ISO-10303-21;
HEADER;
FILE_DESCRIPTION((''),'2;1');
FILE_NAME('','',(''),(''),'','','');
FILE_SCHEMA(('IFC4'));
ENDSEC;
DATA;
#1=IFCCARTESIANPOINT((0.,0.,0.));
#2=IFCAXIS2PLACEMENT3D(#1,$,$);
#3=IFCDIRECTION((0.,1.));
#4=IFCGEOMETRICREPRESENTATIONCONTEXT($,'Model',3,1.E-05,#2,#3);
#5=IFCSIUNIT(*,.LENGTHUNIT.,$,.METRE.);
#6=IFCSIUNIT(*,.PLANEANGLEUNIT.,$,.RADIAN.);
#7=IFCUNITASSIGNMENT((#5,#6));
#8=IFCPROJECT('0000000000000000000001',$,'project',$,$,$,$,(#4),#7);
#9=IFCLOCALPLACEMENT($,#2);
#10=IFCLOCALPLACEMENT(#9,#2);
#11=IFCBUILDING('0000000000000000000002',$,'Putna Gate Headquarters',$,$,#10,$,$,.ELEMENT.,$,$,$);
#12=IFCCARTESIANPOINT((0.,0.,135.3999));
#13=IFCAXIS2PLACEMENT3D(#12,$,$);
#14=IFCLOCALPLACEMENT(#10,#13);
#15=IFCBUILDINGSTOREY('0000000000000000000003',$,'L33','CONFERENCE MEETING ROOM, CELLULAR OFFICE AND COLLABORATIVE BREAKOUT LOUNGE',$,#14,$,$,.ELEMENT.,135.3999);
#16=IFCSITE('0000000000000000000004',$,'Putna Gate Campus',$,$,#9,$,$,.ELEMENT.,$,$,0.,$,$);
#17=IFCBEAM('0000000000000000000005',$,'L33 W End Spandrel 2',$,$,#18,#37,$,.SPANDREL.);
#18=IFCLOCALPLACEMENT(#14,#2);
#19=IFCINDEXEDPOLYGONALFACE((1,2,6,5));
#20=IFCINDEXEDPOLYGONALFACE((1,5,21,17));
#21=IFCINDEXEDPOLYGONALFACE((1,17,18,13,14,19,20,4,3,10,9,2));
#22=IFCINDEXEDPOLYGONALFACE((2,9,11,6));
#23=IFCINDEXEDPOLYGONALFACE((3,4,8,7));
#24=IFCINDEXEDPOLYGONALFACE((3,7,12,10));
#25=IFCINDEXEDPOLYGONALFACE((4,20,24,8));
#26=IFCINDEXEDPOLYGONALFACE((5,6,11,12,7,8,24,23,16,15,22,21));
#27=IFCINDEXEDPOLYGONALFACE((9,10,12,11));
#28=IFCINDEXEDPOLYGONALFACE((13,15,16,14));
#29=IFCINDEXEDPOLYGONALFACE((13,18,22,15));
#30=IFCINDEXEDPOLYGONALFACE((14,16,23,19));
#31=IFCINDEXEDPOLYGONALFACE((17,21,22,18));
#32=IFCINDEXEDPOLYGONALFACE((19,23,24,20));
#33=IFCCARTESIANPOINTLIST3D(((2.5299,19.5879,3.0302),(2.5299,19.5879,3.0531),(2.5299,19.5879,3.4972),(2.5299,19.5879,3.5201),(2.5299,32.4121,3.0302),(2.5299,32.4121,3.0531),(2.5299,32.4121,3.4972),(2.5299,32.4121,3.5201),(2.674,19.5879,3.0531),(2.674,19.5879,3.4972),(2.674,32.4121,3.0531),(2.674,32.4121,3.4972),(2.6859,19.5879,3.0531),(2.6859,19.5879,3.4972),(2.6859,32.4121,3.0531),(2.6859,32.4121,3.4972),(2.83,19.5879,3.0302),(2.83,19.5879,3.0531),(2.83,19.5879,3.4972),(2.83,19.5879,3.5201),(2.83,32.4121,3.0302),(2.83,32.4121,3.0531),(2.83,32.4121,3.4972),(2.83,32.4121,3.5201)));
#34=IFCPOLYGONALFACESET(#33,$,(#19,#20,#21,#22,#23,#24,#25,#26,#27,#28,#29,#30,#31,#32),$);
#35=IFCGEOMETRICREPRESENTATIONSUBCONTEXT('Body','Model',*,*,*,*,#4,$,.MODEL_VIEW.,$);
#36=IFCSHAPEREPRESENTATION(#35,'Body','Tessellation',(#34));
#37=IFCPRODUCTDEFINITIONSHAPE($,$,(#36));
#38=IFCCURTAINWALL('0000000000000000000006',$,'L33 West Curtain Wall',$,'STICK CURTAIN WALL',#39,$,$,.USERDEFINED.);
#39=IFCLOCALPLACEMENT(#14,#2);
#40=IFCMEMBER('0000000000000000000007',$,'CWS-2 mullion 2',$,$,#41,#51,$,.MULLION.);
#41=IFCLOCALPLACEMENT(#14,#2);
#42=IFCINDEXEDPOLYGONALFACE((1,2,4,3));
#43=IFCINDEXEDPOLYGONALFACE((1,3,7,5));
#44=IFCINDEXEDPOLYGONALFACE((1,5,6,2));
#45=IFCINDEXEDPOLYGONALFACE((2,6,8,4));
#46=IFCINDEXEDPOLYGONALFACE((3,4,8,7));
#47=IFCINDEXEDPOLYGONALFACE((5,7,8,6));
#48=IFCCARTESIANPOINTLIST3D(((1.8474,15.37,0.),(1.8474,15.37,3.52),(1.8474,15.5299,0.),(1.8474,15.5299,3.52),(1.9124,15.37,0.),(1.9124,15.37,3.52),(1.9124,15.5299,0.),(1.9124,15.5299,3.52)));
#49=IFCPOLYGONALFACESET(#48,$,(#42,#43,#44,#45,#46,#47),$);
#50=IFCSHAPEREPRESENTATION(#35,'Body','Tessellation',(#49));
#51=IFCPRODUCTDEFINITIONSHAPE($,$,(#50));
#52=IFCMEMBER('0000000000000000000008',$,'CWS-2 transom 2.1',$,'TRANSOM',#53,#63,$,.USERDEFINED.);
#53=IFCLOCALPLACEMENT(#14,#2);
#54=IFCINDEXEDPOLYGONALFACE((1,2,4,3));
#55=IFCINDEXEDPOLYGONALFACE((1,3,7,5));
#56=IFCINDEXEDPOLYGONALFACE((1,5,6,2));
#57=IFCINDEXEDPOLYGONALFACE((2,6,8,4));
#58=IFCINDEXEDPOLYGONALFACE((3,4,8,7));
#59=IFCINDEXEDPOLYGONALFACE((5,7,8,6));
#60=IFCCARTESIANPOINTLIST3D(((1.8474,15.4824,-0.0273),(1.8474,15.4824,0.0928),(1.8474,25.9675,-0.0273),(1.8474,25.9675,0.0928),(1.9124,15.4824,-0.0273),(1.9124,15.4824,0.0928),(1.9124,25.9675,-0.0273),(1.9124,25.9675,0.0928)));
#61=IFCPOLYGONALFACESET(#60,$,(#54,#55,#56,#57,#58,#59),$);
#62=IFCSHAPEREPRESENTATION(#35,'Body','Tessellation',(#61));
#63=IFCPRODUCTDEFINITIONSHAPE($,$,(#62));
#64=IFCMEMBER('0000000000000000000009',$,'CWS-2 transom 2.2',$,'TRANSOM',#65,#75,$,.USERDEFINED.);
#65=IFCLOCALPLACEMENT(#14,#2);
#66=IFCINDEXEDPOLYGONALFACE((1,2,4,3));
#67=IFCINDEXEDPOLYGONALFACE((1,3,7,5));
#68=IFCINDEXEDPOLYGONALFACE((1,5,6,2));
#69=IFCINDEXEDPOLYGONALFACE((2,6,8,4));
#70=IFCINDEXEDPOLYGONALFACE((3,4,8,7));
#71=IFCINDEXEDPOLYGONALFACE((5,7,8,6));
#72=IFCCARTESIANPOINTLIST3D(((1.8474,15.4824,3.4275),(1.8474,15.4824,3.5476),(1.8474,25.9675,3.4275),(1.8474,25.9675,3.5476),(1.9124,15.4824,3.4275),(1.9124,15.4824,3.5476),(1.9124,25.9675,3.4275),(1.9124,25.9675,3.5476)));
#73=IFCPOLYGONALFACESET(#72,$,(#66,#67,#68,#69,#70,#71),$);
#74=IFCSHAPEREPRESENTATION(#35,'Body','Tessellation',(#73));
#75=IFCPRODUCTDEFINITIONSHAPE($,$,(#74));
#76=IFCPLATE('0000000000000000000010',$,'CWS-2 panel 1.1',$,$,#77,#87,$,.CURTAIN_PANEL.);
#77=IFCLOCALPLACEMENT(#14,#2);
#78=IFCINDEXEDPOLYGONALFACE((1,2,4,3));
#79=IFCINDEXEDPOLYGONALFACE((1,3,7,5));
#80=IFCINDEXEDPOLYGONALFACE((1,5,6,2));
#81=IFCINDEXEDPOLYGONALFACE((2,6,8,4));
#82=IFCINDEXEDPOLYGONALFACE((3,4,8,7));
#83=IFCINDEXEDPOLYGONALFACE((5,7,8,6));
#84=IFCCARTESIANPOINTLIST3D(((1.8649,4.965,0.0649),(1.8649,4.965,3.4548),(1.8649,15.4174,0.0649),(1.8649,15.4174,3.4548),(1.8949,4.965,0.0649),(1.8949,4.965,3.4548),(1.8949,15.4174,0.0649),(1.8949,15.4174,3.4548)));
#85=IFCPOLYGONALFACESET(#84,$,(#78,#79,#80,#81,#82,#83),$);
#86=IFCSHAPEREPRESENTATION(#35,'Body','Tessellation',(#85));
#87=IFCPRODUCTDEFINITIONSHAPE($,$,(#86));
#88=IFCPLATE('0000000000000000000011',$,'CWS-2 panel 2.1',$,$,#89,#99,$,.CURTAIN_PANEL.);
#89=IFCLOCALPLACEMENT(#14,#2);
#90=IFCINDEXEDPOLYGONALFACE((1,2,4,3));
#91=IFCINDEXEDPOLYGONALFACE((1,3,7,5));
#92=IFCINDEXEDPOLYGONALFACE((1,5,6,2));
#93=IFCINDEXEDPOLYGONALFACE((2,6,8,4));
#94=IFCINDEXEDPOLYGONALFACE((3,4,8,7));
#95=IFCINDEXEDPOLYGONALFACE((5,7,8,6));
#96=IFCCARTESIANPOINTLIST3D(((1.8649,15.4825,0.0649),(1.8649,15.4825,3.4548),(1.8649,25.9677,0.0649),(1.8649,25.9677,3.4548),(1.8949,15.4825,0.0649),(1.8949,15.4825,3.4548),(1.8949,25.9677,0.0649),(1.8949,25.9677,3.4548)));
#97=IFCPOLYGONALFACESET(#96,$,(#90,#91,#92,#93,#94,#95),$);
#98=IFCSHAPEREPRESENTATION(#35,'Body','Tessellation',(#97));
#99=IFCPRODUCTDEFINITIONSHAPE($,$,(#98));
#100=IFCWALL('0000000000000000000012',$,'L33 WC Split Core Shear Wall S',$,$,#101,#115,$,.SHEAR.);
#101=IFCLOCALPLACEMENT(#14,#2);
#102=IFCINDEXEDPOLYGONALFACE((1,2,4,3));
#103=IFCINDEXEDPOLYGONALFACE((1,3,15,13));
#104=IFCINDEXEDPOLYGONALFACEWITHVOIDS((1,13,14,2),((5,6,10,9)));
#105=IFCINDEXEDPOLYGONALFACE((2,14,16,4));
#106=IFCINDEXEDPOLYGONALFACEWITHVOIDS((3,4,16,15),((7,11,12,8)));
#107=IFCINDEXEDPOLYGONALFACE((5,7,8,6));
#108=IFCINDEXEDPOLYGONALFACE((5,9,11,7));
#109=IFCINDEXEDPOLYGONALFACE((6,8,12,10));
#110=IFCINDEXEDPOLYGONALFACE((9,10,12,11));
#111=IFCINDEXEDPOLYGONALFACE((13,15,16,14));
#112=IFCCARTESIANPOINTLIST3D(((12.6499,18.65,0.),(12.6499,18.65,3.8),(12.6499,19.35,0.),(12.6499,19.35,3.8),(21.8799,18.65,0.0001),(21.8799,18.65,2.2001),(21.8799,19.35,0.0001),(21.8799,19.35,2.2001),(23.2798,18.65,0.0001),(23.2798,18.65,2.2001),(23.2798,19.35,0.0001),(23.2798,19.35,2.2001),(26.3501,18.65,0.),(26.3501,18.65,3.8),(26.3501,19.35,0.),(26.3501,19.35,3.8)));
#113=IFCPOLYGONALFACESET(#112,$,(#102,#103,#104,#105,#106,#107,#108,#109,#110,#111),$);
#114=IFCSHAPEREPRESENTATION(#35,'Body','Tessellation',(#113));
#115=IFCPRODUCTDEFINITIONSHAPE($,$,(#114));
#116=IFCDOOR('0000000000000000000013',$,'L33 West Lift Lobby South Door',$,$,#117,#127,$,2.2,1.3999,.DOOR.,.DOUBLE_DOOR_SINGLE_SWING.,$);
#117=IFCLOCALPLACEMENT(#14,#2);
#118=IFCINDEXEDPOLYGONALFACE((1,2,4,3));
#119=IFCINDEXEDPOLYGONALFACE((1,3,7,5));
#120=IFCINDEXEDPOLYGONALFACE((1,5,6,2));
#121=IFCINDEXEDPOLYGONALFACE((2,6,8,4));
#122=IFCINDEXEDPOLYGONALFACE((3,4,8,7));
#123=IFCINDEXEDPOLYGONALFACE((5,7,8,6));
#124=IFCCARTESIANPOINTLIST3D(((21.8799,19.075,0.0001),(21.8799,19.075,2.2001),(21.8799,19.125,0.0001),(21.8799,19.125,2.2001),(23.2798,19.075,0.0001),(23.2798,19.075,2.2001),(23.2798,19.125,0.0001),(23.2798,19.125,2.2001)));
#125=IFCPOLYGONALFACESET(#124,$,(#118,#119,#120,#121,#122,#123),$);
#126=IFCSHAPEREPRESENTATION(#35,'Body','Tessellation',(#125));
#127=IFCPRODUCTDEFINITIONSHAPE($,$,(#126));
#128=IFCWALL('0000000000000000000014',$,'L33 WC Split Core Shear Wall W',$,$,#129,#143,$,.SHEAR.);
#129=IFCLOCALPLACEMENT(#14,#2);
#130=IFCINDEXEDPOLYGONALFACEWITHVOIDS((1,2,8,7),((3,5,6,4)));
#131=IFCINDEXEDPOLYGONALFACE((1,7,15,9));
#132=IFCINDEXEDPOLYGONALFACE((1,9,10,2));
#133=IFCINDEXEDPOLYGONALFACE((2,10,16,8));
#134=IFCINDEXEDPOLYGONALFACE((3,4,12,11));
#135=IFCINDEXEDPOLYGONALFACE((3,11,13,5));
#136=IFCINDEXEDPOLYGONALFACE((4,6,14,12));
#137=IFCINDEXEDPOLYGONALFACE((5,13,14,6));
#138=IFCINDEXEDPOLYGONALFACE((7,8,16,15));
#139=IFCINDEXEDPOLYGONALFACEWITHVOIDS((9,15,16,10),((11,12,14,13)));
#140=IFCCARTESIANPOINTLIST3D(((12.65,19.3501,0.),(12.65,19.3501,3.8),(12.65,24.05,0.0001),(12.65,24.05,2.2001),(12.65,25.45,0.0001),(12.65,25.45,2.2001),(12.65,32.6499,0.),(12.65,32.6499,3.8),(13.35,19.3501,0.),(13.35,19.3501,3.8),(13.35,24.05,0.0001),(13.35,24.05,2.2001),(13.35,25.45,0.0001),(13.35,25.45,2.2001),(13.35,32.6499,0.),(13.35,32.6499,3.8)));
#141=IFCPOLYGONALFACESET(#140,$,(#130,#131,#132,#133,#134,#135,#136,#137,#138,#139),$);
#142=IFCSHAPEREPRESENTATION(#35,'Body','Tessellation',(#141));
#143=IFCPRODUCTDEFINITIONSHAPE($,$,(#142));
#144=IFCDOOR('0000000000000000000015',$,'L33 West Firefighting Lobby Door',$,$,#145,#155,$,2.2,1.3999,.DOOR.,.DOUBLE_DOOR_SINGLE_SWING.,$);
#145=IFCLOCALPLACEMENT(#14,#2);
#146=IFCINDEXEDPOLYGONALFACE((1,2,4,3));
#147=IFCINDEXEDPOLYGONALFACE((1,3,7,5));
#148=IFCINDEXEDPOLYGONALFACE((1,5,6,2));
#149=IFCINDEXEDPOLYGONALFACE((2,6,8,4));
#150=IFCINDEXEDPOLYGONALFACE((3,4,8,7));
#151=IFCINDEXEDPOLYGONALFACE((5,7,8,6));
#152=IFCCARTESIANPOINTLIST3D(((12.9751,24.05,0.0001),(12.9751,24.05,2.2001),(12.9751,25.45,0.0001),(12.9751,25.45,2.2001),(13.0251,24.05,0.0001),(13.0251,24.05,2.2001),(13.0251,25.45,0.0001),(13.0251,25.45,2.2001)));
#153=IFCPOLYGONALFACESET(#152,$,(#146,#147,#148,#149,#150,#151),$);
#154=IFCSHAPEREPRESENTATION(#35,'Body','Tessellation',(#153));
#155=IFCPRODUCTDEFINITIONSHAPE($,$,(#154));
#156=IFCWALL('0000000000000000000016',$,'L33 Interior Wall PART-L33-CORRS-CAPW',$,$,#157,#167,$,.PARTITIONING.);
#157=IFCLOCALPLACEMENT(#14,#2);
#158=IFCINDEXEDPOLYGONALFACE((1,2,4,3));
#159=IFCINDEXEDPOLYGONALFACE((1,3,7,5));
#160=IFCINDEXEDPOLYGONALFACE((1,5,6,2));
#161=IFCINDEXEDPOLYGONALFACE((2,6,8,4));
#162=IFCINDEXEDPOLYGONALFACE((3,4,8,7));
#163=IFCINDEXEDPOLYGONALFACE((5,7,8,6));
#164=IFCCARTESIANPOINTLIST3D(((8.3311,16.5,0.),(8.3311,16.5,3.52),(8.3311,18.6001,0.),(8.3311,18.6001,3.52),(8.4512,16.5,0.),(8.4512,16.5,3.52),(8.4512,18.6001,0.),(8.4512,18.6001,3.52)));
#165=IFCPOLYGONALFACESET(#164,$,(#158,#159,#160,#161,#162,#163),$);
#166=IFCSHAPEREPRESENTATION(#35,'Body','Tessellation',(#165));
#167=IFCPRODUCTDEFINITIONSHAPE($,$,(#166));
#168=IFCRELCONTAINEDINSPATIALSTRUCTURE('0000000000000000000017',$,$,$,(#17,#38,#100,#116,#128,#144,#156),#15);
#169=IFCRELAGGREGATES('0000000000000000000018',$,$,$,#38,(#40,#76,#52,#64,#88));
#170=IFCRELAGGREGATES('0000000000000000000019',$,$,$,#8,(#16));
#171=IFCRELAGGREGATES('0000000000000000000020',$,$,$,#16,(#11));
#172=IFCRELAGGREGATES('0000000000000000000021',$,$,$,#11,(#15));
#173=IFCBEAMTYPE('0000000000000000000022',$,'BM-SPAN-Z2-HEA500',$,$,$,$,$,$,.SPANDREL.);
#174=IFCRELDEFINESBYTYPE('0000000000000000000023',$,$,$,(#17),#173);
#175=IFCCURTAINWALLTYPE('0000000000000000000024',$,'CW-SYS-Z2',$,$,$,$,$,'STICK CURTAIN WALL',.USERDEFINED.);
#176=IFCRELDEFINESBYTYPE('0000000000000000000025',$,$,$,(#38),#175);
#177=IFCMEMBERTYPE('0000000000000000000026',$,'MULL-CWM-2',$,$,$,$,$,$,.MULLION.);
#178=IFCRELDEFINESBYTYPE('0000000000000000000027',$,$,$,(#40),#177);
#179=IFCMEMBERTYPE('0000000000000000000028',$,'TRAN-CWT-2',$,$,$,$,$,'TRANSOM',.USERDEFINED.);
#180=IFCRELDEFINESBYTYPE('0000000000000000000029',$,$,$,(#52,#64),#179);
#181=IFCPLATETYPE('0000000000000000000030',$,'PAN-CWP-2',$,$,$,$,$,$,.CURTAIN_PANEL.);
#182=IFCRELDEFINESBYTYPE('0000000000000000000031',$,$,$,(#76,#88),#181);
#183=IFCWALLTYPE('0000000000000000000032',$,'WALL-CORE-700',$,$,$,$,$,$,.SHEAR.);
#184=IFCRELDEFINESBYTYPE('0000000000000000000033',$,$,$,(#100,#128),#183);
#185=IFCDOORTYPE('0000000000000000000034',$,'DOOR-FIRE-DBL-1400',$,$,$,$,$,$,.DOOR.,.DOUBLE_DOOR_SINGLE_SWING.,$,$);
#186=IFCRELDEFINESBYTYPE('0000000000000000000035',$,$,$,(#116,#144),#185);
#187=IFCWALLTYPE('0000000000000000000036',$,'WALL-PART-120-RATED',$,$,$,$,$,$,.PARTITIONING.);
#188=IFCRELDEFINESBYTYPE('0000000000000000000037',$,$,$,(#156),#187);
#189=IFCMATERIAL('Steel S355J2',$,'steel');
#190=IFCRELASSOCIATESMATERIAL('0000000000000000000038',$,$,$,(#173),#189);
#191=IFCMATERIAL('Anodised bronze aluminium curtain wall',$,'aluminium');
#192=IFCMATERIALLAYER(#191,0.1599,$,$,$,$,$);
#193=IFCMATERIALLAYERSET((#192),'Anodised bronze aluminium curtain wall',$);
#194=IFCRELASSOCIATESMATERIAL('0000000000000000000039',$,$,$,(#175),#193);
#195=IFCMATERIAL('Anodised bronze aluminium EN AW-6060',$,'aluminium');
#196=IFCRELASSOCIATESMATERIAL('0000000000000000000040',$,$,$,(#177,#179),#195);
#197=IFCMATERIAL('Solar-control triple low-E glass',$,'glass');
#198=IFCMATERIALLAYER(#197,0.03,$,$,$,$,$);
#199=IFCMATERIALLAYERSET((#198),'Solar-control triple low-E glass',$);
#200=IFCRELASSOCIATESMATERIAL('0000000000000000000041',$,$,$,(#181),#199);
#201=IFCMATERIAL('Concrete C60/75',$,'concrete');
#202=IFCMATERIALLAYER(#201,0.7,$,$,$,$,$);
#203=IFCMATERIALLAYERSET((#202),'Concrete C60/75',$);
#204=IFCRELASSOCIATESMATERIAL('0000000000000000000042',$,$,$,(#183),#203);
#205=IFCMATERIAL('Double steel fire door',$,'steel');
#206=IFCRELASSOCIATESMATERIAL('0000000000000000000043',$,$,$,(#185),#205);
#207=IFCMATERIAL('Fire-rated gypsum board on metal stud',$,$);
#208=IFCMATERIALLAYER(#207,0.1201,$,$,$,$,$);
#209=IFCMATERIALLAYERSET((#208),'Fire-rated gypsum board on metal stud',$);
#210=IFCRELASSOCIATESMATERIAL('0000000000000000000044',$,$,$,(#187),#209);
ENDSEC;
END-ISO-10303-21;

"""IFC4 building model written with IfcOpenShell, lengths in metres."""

from ifc_helpers import new_model, si_unit, direction, frame, frame_2d, origin, origin_2d, place, context, subcontext, project, spatial, rectangle, i_section, extrude, material, layer, layer_set, material_profile, profile_set, type_object, element, fill, aggregate, save


model = new_model("IFC4")

# Units and contexts
model_context = context("Model", 3, precision=1e-05, world=origin(), true_north=direction((0.0, 1.0)))
body_context = subcontext(model_context, "Body", "Model", "MODEL_VIEW")
ifc_project = project(units=[si_unit("LENGTHUNIT", "METRE"), si_unit("PLANEANGLEUNIT", "RADIAN")], contexts=[model_context])

# Site, building, storey
site_placement = place(None, origin())
site = spatial("IfcSite", under=ifc_project, at=site_placement, Name="Putna Gate Campus", CompositionType="ELEMENT", RefElevation=0.0)
building_placement = place(site_placement, origin())
building = spatial("IfcBuilding", under=site, at=building_placement, Name="Putna Gate Headquarters", CompositionType="ELEMENT")
storey_placement = place(building_placement, frame((0.0, 0.0, 135.3999)))
storey = spatial("IfcBuildingStorey", under=building, at=storey_placement, Name="L33", Description="CONFERENCE MEETING ROOM, CELLULAR OFFICE AND COLLABORATIVE BREAKOUT LOUNGE", CompositionType="ELEMENT", Elevation=135.3999)

# Shared definitions
ifc_material_1 = material(Name="Concrete C60/75", Category="concrete")

# Beam
ifc_material_2 = material(Name="Steel S355J2", Category="steel")
ifc_material_profile_1 = material_profile(ifc_material_2, i_section(OverallWidth=0.3, OverallDepth=0.49, WebThickness=0.012, FlangeThickness=0.0229, at=origin_2d()), Name="Steel S355J2")
ifc_profile_set_1 = profile_set([ifc_material_profile_1], Name="Steel S355J2")
beam_type_1 = type_object("IfcBeamType", Name="BM-SPAN-Z2-HEA500", PredefinedType="SPANDREL", material=ifc_profile_set_1)
beam_1_placement = place(storey_placement, frame((2.6799, 19.5879, 3.2751), z_axis=(0.0, 1.0, 0.0), x_axis=(-1.0, 0.0, 0.0)))
element("IfcBeam", 1, at=beam_1_placement, inside=storey, type_object=beam_type_1, Name="L33 W End Spandrel 2", PredefinedType="SPANDREL", context=body_context, shape_type="SweptSolid", body=[
    extrude(i_section(OverallWidth=0.3, OverallDepth=0.49, WebThickness=0.012, FlangeThickness=0.0229, at=origin_2d()), origin(), (0.0, 0.0, 1.0), 12.8242),
])

# Curtain wall, members, plates
ifc_material_3 = material(Name="Anodised bronze aluminium curtain wall", Category="aluminium")
ifc_layer_1 = layer(ifc_material_3, 0.1599)
ifc_layer_set_1 = layer_set([ifc_layer_1], Name="Anodised bronze aluminium curtain wall")
curtain_wall_type = type_object("IfcCurtainWallType", Name="CW-SYS-Z2", ElementType="STICK CURTAIN WALL", PredefinedType="USERDEFINED", material=ifc_layer_set_1)
curtain_wall_placement = place(storey_placement, origin())
curtain_wall = element("IfcCurtainWall", 2, at=curtain_wall_placement, inside=storey, type_object=curtain_wall_type, Name="L33 West Curtain Wall", ObjectType="STICK CURTAIN WALL", PredefinedType="USERDEFINED")
ifc_material_4 = material(Name="Anodised bronze aluminium EN AW-6060", Category="aluminium")
ifc_material_profile_2 = material_profile(ifc_material_4, rectangle(XDim=0.0649, YDim=0.1599, at=origin_2d()), Name="Anodised bronze aluminium EN AW-6060")
ifc_profile_set_2 = profile_set([ifc_material_profile_2], Name="Anodised bronze aluminium EN AW-6060")
member_type_1 = type_object("IfcMemberType", Name="MULL-CWM-2", PredefinedType="MULLION", material=ifc_profile_set_2)
member_1_placement = place(storey_placement, frame((1.8799, 15.45, 0.0), z_axis=(0.0, 0.0, 1.0), x_axis=(-1.0, 0.0, 0.0)))
member_1 = element("IfcMember", 3, at=member_1_placement, type_object=member_type_1, Name="CWS-2 mullion 2", PredefinedType="MULLION", context=body_context, shape_type="SweptSolid", body=[
    extrude(rectangle(XDim=0.0649, YDim=0.1599, at=origin_2d()), origin(), (0.0, 0.0, 1.0), 3.52),
])
ifc_material_profile_3 = material_profile(ifc_material_4, rectangle(XDim=0.0649, YDim=0.1201, at=origin_2d()), Name="Anodised bronze aluminium EN AW-6060")
ifc_profile_set_3 = profile_set([ifc_material_profile_3], Name="Anodised bronze aluminium EN AW-6060")
member_type_2 = type_object("IfcMemberType", Name="TRAN-CWT-2", ElementType="TRANSOM", PredefinedType="USERDEFINED", material=ifc_profile_set_3)
member_2_placement = place(storey_placement, frame((1.8799, 15.4824, 0.0327), z_axis=(0.0, 1.0, 0.0), x_axis=(-1.0, 0.0, 0.0)))
member_2 = element("IfcMember", 4, at=member_2_placement, type_object=member_type_2, Name="CWS-2 transom 2.1", ObjectType="TRANSOM", PredefinedType="USERDEFINED", context=body_context, shape_type="SweptSolid", body=[
    extrude(rectangle(XDim=0.0649, YDim=0.1201, at=origin_2d()), origin(), (0.0, 0.0, 1.0), 10.4851),
])
member_3_placement = place(storey_placement, frame((1.8799, 15.4824, 3.4875), z_axis=(0.0, 1.0, 0.0), x_axis=(-1.0, 0.0, 0.0)))
member_3 = element("IfcMember", 5, at=member_3_placement, type_object=member_type_2, Name="CWS-2 transom 2.2", ObjectType="TRANSOM", PredefinedType="USERDEFINED", context=body_context, shape_type="SweptSolid", body=[
    extrude(rectangle(XDim=0.0649, YDim=0.1201, at=origin_2d()), origin(), (0.0, 0.0, 1.0), 10.4851),
])
ifc_material_5 = material(Name="Solar-control triple low-E glass", Category="glass")
ifc_layer_2 = layer(ifc_material_5, 0.03)
ifc_layer_set_2 = layer_set([ifc_layer_2], Name="Solar-control triple low-E glass")
plate_type = type_object("IfcPlateType", Name="PAN-CWP-2", PredefinedType="CURTAIN_PANEL", material=ifc_layer_set_2)
plate_1_placement = place(storey_placement, frame((1.8799, 10.1912, 0.0649), z_axis=(0.0, 0.0, 1.0), x_axis=(0.0, 1.0, 0.0)))
plate_1 = element("IfcPlate", 6, at=plate_1_placement, type_object=plate_type, Name="CWS-2 panel 1.1", PredefinedType="CURTAIN_PANEL", context=body_context, shape_type="SweptSolid", body=[
    extrude(rectangle(XDim=10.4524, YDim=0.03, at=origin_2d()), origin(), (0.0, 0.0, 1.0), 3.3899),
])
plate_2_placement = place(storey_placement, frame((1.8799, 20.7251, 0.0649), z_axis=(0.0, 0.0, 1.0), x_axis=(0.0, 1.0, 0.0)))
plate_2 = element("IfcPlate", 7, at=plate_2_placement, type_object=plate_type, Name="CWS-2 panel 2.1", PredefinedType="CURTAIN_PANEL", context=body_context, shape_type="SweptSolid", body=[
    extrude(rectangle(XDim=10.4851, YDim=0.03, at=origin_2d()), origin(), (0.0, 0.0, 1.0), 3.3899),
])
aggregate(curtain_wall, [member_1, plate_1, member_2, member_3, plate_2])

# Walls, openings, doors
ifc_layer_3 = layer(ifc_material_1, 0.7)
ifc_layer_set_3 = layer_set([ifc_layer_3], Name="Concrete C60/75")
wall_type_1 = type_object("IfcWallType", Name="WALL-CORE-700", PredefinedType="SHEAR", material=ifc_layer_set_3)
wall_1_placement = place(storey_placement, frame((12.6499, 19.0, 0.0), z_axis=(0.0, 0.0, 1.0), x_axis=(1.0, 0.0, 0.0)))
wall_1 = element("IfcWall", 8, at=wall_1_placement, inside=storey, type_object=wall_type_1, Name="L33 WC Split Core Shear Wall S", PredefinedType="SHEAR", context=body_context, shape_type="SweptSolid", body=[
    extrude(rectangle(XDim=13.7002, YDim=0.7, at=frame_2d((6.8501, 0.0))), origin(), (0.0, 0.0, 1.0), 3.8),
])
opening_1_placement = place(wall_1_placement, frame((9.23, 0.0, 0.0)))
opening_1 = element("IfcOpeningElement", 9, at=opening_1_placement, cuts=wall_1, PredefinedType="OPENING", context=body_context, shape_type="SweptSolid", body=[
    extrude(rectangle(XDim=1.3999, YDim=2.2, at=frame_2d((0.7, 1.1001))), frame((0.0, 0.3599, 0.0), z_axis=(0.0, -1.0, 0.0), x_axis=(1.0, 0.0, 0.0)), (0.0, 0.0, 1.0), 0.72),
])
ifc_material_6 = material(Name="Double steel fire door", Category="steel")
door_type_1 = type_object("IfcDoorType", Name="DOOR-FIRE-DBL-1400", OperationType="DOUBLE_DOOR_SINGLE_SWING", PredefinedType="DOOR", material=ifc_material_6)
door_1_placement = place(opening_1_placement, origin())
door_1 = element("IfcDoor", 10, at=door_1_placement, inside=storey, type_object=door_type_1, Name="L33 West Lift Lobby South Door", OperationType="DOUBLE_DOOR_SINGLE_SWING", OverallHeight=2.2, OverallWidth=1.3999, PredefinedType="DOOR", context=body_context, shape_type="SweptSolid", body=[
    extrude(rectangle(XDim=1.3999, YDim=2.2, at=frame_2d((0.7, 1.1001))), frame((0.0, 0.125, 0.0), z_axis=(0.0, -1.0, 0.0), x_axis=(1.0, 0.0, 0.0)), (0.0, 0.0, 1.0), 0.05),
])
fill(opening_1, door_1)
wall_2_placement = place(storey_placement, frame((13.0, 19.3501, 0.0), z_axis=(0.0, 0.0, 1.0), x_axis=(0.0, 1.0, 0.0)))
wall_2 = element("IfcWall", 11, at=wall_2_placement, inside=storey, type_object=wall_type_1, Name="L33 WC Split Core Shear Wall W", PredefinedType="SHEAR", context=body_context, shape_type="SweptSolid", body=[
    extrude(rectangle(XDim=13.2998, YDim=0.7, at=frame_2d((6.6499, 0.0))), origin(), (0.0, 0.0, 1.0), 3.8),
])
opening_2_placement = place(wall_2_placement, frame((4.7, 0.0, 0.0)))
opening_2 = element("IfcOpeningElement", 12, at=opening_2_placement, cuts=wall_2, PredefinedType="OPENING", context=body_context, shape_type="SweptSolid", body=[
    extrude(rectangle(XDim=1.3999, YDim=2.2, at=frame_2d((0.7, 1.1001))), frame((0.0, 0.3599, 0.0), z_axis=(0.0, -1.0, 0.0), x_axis=(1.0, 0.0, 0.0)), (0.0, 0.0, 1.0), 0.72),
])
door_2_placement = place(opening_2_placement, origin())
door_2 = element("IfcDoor", 13, at=door_2_placement, inside=storey, type_object=door_type_1, Name="L33 West Firefighting Lobby Door", OperationType="DOUBLE_DOOR_SINGLE_SWING", OverallHeight=2.2, OverallWidth=1.3999, PredefinedType="DOOR", context=body_context, shape_type="SweptSolid", body=[
    extrude(rectangle(XDim=1.3999, YDim=2.2, at=frame_2d((0.7, 1.1001))), frame((0.0, 0.0249, 0.0), z_axis=(0.0, -1.0, 0.0), x_axis=(1.0, 0.0, 0.0)), (0.0, 0.0, 1.0), 0.05),
])
fill(opening_2, door_2)

# Wall
ifc_material_7 = material(Name="Fire-rated gypsum board on metal stud")
ifc_layer_4 = layer(ifc_material_7, 0.1201)
ifc_layer_set_4 = layer_set([ifc_layer_4], Name="Fire-rated gypsum board on metal stud")
wall_type_2 = type_object("IfcWallType", Name="WALL-PART-120-RATED", PredefinedType="PARTITIONING", material=ifc_layer_set_4)
wall_3_placement = place(storey_placement, frame((8.3911, 16.5, 0.0), z_axis=(0.0, 0.0, 1.0), x_axis=(0.0, 1.0, 0.0)))
element("IfcWall", 14, at=wall_3_placement, inside=storey, type_object=wall_type_2, Name="L33 Interior Wall PART-L33-CORRS-CAPW", PredefinedType="PARTITIONING", context=body_context, shape_type="SweptSolid", body=[
    extrude(rectangle(XDim=2.1001, YDim=0.1201, at=frame_2d((1.05, 0.0))), origin(), (0.0, 0.0, 1.0), 3.52),
])

save(model, "model.ifc")
